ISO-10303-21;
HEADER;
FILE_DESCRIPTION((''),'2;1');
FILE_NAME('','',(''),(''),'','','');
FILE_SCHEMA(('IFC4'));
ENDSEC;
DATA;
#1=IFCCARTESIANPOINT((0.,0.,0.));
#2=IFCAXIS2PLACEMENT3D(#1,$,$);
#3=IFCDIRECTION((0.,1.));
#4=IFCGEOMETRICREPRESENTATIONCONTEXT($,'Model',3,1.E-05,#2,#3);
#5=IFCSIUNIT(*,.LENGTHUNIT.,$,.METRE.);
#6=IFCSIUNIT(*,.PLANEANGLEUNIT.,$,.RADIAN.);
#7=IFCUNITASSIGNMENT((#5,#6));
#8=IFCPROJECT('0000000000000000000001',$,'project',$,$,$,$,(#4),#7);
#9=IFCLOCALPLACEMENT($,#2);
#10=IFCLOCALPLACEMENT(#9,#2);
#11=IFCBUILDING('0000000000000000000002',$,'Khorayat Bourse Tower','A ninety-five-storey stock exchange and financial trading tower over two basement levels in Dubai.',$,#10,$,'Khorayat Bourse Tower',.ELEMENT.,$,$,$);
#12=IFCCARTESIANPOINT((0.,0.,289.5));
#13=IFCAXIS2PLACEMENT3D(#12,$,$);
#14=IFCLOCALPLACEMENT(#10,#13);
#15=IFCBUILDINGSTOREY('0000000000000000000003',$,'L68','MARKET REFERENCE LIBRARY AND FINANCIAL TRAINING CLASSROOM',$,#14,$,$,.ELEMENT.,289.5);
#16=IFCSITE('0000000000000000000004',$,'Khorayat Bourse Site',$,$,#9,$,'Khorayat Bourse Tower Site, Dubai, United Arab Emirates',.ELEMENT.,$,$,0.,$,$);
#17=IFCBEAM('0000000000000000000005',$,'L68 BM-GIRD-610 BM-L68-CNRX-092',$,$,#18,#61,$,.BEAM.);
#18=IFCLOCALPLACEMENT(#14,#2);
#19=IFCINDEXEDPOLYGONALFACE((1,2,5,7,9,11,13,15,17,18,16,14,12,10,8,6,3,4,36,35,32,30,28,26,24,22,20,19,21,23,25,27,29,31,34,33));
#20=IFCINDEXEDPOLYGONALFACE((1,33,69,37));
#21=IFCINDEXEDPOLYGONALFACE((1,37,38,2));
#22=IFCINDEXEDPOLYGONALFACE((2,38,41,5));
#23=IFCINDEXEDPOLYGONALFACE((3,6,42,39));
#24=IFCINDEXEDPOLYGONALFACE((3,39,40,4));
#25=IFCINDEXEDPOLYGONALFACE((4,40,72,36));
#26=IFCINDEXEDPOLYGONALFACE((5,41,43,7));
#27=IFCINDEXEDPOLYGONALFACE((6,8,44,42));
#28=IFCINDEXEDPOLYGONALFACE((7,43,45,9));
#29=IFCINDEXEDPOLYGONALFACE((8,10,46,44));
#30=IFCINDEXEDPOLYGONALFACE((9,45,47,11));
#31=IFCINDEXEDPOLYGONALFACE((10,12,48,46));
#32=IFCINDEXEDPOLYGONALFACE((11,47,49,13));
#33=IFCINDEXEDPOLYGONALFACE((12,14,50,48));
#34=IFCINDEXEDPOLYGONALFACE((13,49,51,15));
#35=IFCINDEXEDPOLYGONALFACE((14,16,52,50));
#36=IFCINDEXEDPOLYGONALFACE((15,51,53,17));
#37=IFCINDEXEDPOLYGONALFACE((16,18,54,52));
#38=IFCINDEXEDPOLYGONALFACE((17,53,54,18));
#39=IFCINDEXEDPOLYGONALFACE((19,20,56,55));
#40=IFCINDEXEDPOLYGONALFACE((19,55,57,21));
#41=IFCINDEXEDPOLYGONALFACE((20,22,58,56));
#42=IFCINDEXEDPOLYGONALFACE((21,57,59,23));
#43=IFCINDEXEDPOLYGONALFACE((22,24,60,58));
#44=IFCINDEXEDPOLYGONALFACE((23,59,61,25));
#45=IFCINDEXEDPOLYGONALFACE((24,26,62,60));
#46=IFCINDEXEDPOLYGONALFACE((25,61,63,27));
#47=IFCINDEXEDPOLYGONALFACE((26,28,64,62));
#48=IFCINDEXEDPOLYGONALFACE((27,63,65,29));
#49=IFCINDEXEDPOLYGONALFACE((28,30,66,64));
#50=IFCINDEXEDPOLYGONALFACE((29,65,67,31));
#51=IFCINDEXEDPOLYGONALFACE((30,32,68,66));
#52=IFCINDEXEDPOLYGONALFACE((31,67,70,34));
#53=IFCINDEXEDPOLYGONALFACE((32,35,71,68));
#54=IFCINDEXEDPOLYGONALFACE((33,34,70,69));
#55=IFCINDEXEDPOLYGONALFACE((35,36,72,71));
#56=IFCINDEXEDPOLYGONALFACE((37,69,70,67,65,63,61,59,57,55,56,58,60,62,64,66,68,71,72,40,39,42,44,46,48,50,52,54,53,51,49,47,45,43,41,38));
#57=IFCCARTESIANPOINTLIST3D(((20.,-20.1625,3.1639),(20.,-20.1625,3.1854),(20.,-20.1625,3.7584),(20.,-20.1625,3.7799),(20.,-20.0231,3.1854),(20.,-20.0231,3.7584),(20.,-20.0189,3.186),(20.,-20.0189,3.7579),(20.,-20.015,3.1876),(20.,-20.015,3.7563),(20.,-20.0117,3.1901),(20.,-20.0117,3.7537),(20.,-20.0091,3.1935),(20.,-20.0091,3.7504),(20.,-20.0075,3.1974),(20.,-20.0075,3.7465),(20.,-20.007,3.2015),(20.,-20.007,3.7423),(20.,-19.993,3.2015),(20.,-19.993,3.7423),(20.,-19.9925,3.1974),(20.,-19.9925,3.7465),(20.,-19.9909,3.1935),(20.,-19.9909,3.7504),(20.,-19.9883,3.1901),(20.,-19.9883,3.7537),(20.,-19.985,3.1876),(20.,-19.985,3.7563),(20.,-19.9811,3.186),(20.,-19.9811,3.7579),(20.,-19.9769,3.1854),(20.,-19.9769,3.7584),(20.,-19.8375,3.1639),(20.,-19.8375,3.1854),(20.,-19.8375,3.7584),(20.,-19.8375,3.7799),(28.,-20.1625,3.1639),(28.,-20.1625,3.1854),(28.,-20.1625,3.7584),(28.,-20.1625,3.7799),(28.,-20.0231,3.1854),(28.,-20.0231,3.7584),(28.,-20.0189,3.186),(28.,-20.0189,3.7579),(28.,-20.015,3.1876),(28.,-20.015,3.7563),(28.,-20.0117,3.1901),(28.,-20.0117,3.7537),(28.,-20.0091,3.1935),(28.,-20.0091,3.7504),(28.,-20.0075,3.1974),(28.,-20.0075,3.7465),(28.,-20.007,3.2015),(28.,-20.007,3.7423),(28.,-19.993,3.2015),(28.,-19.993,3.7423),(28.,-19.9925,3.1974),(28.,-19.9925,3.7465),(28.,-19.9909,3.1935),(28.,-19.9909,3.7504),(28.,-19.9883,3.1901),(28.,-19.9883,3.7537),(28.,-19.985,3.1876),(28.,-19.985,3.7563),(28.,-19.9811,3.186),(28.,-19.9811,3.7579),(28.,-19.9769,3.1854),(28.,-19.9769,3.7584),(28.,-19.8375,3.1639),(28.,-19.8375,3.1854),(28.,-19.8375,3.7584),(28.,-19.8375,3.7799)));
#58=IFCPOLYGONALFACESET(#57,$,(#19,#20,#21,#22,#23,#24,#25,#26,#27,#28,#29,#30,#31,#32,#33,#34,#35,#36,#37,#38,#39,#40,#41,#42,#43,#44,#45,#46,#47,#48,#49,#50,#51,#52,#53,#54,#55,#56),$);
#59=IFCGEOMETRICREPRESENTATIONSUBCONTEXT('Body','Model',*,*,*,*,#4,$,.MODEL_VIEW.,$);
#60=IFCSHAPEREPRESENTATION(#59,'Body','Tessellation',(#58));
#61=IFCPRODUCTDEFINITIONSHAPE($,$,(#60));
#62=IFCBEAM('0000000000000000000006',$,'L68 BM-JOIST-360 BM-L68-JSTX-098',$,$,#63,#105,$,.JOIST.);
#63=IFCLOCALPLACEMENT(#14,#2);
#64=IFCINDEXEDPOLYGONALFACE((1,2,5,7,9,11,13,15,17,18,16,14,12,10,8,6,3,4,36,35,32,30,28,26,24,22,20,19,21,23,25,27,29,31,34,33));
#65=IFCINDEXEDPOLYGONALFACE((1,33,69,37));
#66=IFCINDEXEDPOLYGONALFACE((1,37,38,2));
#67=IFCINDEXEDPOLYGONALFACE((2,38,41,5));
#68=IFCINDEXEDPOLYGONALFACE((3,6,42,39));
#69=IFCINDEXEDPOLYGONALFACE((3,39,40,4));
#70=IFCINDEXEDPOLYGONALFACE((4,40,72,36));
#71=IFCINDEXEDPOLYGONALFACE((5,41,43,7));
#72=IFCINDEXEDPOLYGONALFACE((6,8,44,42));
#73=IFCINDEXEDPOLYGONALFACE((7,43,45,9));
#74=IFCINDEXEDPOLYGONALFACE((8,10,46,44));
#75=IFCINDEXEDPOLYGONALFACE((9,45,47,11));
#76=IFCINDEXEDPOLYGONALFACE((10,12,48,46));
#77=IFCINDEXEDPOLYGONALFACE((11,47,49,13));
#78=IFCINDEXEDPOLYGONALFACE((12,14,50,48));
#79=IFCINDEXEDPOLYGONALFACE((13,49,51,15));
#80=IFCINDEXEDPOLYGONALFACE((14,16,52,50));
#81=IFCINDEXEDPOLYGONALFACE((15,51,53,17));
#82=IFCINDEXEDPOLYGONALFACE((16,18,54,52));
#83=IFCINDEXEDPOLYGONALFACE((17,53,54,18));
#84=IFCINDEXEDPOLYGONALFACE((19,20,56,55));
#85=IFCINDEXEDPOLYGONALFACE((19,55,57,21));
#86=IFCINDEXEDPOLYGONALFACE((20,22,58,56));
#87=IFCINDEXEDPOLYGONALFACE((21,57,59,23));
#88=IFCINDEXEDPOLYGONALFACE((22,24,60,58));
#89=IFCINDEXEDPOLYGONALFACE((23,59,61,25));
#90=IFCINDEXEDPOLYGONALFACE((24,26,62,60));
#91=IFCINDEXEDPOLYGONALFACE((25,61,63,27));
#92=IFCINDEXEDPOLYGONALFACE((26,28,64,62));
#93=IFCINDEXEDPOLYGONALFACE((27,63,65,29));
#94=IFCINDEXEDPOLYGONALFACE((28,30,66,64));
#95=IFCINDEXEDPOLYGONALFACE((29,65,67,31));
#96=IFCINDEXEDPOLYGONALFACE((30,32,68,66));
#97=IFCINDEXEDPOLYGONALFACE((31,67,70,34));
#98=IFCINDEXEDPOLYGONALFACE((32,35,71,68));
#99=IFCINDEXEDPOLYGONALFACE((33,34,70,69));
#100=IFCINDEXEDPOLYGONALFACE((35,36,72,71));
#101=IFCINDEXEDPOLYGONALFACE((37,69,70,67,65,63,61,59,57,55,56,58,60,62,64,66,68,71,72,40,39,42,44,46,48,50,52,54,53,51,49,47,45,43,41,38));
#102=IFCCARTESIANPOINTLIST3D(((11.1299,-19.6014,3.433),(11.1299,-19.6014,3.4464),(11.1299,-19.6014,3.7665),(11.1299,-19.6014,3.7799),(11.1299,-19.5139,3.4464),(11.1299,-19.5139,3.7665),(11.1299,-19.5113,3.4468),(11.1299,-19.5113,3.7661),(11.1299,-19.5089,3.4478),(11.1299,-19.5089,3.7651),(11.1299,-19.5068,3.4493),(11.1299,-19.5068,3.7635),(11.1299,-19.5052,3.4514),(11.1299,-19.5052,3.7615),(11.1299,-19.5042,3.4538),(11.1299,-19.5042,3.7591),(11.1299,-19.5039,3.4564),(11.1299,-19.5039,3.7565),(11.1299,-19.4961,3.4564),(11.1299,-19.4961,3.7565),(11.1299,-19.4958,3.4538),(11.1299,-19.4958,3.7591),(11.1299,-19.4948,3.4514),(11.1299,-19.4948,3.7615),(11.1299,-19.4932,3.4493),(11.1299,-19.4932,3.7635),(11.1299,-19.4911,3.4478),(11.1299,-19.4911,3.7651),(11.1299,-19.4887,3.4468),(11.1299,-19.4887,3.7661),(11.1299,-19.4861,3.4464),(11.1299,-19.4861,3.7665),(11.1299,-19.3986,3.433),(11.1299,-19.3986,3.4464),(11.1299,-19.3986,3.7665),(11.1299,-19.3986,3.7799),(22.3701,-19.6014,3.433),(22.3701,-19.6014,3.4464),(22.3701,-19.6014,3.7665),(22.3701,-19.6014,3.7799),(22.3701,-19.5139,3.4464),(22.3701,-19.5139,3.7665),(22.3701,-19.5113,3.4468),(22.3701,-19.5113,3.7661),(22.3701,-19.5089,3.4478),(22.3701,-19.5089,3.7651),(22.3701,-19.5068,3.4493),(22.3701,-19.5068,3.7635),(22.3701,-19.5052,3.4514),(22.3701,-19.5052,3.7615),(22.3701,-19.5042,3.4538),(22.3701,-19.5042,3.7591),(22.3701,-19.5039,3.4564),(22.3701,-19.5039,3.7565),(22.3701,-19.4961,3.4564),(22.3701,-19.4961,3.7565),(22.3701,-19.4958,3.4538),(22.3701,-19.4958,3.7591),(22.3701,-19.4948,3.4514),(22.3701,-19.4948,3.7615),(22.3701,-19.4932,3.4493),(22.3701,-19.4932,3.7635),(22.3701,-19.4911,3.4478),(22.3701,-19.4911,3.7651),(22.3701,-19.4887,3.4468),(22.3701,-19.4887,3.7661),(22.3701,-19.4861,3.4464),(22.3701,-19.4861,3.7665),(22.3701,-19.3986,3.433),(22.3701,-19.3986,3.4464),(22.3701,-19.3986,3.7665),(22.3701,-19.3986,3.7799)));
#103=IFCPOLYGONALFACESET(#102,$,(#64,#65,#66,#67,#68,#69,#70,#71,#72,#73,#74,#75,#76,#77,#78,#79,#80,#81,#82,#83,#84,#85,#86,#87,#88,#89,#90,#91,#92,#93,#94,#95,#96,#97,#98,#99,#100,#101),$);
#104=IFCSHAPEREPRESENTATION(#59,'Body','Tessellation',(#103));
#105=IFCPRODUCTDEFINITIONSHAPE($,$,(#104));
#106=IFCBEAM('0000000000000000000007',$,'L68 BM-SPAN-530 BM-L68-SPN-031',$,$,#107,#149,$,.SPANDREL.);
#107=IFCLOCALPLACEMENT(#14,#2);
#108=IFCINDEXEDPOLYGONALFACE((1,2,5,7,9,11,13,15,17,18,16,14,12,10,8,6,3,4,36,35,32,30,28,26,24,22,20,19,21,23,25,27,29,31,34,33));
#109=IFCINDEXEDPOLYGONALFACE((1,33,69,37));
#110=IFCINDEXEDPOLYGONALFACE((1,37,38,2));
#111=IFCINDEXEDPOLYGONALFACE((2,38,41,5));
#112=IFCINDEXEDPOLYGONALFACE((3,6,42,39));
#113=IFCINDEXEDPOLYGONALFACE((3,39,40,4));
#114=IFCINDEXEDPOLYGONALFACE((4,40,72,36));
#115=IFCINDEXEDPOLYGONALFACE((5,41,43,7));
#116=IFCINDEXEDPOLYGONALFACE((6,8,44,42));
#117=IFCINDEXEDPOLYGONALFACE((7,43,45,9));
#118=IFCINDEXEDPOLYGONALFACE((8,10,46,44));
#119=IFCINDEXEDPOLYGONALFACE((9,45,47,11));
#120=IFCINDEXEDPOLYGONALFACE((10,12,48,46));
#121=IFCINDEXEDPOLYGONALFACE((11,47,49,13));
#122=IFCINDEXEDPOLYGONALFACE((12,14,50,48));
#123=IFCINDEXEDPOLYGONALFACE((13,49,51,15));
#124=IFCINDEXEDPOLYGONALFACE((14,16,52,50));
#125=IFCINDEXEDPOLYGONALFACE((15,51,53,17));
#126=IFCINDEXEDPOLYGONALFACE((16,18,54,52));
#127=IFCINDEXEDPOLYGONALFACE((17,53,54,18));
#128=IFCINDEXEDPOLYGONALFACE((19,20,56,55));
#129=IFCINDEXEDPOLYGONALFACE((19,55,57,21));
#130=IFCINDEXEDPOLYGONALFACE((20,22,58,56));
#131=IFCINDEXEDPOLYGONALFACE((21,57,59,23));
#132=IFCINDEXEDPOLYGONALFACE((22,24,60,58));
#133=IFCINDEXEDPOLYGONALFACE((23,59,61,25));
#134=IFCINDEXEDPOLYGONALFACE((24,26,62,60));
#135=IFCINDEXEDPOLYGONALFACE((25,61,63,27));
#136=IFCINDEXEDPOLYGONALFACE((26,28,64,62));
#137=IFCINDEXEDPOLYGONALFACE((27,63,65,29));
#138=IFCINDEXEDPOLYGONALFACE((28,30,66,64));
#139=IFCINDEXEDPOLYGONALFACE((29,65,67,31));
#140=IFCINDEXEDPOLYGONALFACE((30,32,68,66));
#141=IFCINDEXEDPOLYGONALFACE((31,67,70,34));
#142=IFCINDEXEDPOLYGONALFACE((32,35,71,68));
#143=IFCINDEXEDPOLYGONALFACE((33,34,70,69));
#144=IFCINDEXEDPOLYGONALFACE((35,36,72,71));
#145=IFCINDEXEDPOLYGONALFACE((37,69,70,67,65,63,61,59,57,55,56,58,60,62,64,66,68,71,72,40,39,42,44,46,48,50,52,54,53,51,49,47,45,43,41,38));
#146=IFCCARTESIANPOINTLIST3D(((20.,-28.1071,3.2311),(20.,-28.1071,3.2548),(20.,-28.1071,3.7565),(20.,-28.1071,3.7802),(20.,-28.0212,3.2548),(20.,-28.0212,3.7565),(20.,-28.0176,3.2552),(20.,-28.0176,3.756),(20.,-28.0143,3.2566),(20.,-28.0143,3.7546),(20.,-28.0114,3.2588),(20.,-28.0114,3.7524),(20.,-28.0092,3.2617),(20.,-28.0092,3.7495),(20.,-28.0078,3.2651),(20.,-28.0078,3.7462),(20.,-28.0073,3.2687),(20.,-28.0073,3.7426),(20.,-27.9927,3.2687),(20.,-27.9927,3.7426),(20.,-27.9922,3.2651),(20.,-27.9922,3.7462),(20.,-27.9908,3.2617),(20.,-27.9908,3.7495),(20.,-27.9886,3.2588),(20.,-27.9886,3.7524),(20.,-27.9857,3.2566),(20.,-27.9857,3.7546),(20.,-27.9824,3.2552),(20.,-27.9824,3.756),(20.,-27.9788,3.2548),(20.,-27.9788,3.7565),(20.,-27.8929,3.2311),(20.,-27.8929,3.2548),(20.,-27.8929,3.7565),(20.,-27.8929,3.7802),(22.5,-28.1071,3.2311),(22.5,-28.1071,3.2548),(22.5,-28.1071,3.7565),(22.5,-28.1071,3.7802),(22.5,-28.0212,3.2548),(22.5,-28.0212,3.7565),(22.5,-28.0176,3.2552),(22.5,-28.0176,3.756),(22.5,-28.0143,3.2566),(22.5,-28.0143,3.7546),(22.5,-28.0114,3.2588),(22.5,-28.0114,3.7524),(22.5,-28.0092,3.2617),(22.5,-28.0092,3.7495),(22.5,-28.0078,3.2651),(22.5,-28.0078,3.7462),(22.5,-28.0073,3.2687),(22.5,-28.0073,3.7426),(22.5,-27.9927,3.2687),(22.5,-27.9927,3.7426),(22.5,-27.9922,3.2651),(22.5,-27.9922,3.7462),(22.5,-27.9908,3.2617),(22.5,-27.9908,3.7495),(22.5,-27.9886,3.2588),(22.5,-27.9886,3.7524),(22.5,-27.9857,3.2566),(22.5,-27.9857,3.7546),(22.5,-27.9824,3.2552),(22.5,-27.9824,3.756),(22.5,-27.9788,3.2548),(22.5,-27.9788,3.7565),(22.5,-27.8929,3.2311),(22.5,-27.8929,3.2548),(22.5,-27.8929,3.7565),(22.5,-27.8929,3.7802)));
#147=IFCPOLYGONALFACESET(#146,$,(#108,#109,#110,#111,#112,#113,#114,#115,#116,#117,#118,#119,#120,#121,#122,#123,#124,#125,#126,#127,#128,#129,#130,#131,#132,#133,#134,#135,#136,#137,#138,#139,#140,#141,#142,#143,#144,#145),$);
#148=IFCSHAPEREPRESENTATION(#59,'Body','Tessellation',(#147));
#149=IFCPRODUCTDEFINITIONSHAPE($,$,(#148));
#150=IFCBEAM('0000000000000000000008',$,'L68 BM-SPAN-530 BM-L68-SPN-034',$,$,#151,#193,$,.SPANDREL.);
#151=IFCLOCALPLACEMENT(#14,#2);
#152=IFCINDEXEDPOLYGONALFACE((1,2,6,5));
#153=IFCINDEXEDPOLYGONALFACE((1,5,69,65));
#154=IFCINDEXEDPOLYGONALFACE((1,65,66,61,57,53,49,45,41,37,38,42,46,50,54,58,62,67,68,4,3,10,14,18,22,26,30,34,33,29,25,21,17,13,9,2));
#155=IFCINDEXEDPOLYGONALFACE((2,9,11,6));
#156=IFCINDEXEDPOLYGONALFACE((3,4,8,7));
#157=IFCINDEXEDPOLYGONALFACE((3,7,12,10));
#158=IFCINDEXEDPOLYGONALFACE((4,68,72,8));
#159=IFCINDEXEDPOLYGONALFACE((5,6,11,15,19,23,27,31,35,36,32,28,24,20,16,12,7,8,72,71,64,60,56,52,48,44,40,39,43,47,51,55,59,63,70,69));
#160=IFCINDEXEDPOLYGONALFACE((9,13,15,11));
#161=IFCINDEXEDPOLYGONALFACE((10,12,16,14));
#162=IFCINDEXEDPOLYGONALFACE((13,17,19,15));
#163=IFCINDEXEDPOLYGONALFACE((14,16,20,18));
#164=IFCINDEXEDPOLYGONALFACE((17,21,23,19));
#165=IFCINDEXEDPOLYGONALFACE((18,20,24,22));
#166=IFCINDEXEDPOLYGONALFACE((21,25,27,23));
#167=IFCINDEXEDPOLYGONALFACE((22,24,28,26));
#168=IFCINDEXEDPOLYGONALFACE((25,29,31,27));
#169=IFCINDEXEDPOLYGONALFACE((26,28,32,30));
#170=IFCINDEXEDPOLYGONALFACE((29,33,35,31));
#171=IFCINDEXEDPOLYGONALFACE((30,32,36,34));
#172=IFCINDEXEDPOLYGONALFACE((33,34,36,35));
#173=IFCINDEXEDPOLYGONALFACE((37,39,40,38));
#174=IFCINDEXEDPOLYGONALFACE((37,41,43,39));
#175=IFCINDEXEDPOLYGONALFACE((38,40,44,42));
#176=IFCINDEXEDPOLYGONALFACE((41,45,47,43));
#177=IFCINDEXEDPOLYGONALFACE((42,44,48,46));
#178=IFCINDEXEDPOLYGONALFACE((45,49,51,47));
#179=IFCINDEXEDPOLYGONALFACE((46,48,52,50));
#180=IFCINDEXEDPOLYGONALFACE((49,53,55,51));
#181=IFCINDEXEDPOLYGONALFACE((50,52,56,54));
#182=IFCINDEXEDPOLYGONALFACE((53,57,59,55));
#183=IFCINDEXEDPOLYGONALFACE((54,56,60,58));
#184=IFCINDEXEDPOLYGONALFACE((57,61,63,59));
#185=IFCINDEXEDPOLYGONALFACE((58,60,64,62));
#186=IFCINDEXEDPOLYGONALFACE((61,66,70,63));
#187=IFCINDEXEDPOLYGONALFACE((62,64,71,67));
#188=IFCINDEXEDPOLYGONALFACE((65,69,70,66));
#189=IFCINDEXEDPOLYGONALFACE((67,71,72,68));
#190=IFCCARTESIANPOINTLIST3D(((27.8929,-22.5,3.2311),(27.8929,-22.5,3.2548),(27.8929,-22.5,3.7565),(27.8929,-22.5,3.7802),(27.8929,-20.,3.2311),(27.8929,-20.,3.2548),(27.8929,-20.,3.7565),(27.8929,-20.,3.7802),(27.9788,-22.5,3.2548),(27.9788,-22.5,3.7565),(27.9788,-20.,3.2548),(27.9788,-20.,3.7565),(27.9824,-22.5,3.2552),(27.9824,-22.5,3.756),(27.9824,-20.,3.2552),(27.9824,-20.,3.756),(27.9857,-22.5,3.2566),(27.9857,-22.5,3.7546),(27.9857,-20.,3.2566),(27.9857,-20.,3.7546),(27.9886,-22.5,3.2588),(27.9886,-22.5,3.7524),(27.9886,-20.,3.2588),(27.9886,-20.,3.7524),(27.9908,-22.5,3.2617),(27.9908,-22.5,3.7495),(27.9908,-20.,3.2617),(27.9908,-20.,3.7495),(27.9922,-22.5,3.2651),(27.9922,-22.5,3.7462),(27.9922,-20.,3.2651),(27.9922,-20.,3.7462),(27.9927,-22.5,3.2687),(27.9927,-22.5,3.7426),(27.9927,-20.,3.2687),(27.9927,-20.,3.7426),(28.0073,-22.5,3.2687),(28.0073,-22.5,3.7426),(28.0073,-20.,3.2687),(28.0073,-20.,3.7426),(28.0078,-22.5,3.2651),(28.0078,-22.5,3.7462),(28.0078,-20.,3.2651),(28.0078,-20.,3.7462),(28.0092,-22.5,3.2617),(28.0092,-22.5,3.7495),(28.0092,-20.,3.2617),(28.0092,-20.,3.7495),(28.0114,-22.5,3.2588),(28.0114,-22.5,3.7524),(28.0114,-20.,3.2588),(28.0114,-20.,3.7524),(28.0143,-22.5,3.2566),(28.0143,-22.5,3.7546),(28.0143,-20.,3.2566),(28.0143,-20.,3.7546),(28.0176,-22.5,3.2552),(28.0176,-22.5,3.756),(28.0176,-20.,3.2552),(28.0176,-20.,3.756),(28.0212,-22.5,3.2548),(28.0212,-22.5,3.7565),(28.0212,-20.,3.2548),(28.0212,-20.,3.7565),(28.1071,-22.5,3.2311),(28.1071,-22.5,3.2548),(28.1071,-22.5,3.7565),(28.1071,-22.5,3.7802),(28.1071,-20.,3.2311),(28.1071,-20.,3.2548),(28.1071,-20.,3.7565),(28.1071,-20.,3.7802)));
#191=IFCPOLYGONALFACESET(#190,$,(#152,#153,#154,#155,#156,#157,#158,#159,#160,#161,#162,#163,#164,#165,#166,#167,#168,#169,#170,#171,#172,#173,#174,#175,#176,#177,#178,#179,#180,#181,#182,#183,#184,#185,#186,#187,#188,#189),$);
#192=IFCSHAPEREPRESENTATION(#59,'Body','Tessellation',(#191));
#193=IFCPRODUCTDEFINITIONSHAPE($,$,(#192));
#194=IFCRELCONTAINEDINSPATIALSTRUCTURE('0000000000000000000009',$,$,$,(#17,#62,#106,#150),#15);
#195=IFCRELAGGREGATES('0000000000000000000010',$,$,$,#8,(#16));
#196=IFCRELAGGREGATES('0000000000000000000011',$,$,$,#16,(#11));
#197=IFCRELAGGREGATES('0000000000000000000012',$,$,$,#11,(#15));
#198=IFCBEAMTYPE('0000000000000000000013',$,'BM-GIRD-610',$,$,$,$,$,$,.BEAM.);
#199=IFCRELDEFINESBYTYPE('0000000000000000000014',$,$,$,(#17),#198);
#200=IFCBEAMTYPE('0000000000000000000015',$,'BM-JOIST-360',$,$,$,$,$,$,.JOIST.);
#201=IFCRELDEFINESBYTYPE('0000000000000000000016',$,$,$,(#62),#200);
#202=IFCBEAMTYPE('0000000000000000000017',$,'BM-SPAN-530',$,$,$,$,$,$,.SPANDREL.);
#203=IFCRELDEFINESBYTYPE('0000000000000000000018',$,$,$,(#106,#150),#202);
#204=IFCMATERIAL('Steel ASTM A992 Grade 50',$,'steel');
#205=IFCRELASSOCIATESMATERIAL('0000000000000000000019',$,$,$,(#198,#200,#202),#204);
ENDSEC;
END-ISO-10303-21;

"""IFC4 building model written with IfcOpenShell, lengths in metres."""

from ifc_helpers import new_model, si_unit, direction, frame, origin, origin_2d, place, context, subcontext, project, spatial, i_section, extrude, source, transform, mapped, material, material_profile, profile_set, type_object, element, save


model = new_model("IFC4")

# Units and contexts
model_context = context("Model", 3, precision=1e-05, world=origin(), true_north=direction((0.0, 1.0)))
body_context = subcontext(model_context, "Body", "Model", "MODEL_VIEW")
ifc_project = project(units=[si_unit("LENGTHUNIT", "METRE"), si_unit("PLANEANGLEUNIT", "RADIAN")], contexts=[model_context])

# Site, building, storey
site_placement = place(None, origin())
site = spatial("IfcSite", under=ifc_project, at=site_placement, Name="Khorayat Bourse Site", LongName="Khorayat Bourse Tower Site, Dubai, United Arab Emirates", CompositionType="ELEMENT", RefElevation=0.0)
building_placement = place(site_placement, origin())
building = spatial("IfcBuilding", under=site, at=building_placement, Name="Khorayat Bourse Tower", Description="A ninety-five-storey stock exchange and financial trading tower over two basement levels in Dubai.", LongName="Khorayat Bourse Tower", CompositionType="ELEMENT")
storey_placement = place(building_placement, frame((0.0, 0.0, 289.5)))
storey = spatial("IfcBuildingStorey", under=building, at=storey_placement, Name="L68", Description="MARKET REFERENCE LIBRARY AND FINANCIAL TRAINING CLASSROOM", CompositionType="ELEMENT", Elevation=289.5)

# Beams
ifc_material_1 = material(Name="Steel ASTM A992 Grade 50", Category="steel")
ifc_material_profile_1 = material_profile(ifc_material_1, i_section(OverallWidth=0.325, OverallDepth=0.616, WebThickness=0.0139, FlangeThickness=0.0215, FilletRadius=0.0161, at=origin_2d()), Name="W610X174")
ifc_profile_set_1 = profile_set([ifc_material_profile_1], Name="Steel ASTM A992 Grade 50")
beam_type_1 = type_object("IfcBeamType", Name="BM-GIRD-610", PredefinedType="BEAM", material=ifc_profile_set_1)
shared_shape_1 = source(origin(), body_context, "Body", "SweptSolid", [
    extrude(i_section(OverallWidth=0.325, OverallDepth=0.616, WebThickness=0.0139, FlangeThickness=0.0215, FilletRadius=0.0161, at=origin_2d()), origin(), (0.0, 0.0, 1.0), 8.0),
])
beam_1_placement = place(storey_placement, frame((20.0, -20.0, 3.4719), z_axis=(1.0, 0.0, 0.0), x_axis=(0.0, 1.0, 0.0)))
element("IfcBeam", 1, at=beam_1_placement, inside=storey, type_object=beam_type_1, Name="L68 BM-GIRD-610 BM-L68-CNRX-092", PredefinedType="BEAM", context=body_context, shape_type="MappedRepresentation", body=[
    mapped(shared_shape_1, transform((0.0, 0.0, 0.0), scale=1.0)),
])
ifc_material_profile_2 = material_profile(ifc_material_1, i_section(OverallWidth=0.2029, OverallDepth=0.3469, WebThickness=0.0078, FlangeThickness=0.0134, FilletRadius=0.01, at=origin_2d()), Name="W360X64")
ifc_profile_set_2 = profile_set([ifc_material_profile_2], Name="Steel ASTM A992 Grade 50")
beam_type_2 = type_object("IfcBeamType", Name="BM-JOIST-360", PredefinedType="JOIST", material=ifc_profile_set_2)
shared_shape_2 = source(origin(), body_context, "Body", "SweptSolid", [
    extrude(i_section(OverallWidth=0.2029, OverallDepth=0.3469, WebThickness=0.0078, FlangeThickness=0.0134, FilletRadius=0.01, at=origin_2d()), origin(), (0.0, 0.0, 1.0), 11.2402),
])
beam_2_placement = place(storey_placement, frame((11.1299, -19.5, 3.6064), z_axis=(1.0, 0.0, 0.0), x_axis=(0.0, 1.0, 0.0)))
element("IfcBeam", 2, at=beam_2_placement, inside=storey, type_object=beam_type_2, Name="L68 BM-JOIST-360 BM-L68-JSTX-098", PredefinedType="JOIST", context=body_context, shape_type="MappedRepresentation", body=[
    mapped(shared_shape_2, transform((0.0, 0.0, 0.0), scale=1.0)),
])
ifc_material_profile_3 = material_profile(ifc_material_1, i_section(OverallWidth=0.2141, OverallDepth=0.5491, WebThickness=0.0146, FlangeThickness=0.0237, FilletRadius=0.0139, at=origin_2d()), Name="W530X138")
ifc_profile_set_3 = profile_set([ifc_material_profile_3], Name="Steel ASTM A992 Grade 50")
beam_type_3 = type_object("IfcBeamType", Name="BM-SPAN-530", PredefinedType="SPANDREL", material=ifc_profile_set_3)
shared_shape_3 = source(origin(), body_context, "Body", "SweptSolid", [
    extrude(i_section(OverallWidth=0.2141, OverallDepth=0.5491, WebThickness=0.0146, FlangeThickness=0.0237, FilletRadius=0.0139, at=origin_2d()), origin(), (0.0, 0.0, 1.0), 2.5),
])
for number, where, z_axis, x_axis, name in (
    (3, (20.0, -28.0, 3.5056), (1.0, 0.0, 0.0), (0.0, 1.0, 0.0), "L68 BM-SPAN-530 BM-L68-SPN-031"),
    (4, (28.0, -22.5, 3.5056), (0.0, 1.0, 0.0), (-1.0, 0.0, 0.0), "L68 BM-SPAN-530 BM-L68-SPN-034"),
):
    element("IfcBeam", number, at=place(storey_placement, frame(where, z_axis=z_axis, x_axis=x_axis)), inside=storey, type_object=beam_type_3, Name=name, PredefinedType="SPANDREL", context=body_context, shape_type="MappedRepresentation", body=[
        mapped(shared_shape_3, transform((0.0, 0.0, 0.0), scale=1.0)),
    ])

save(model, "model.ifc")
